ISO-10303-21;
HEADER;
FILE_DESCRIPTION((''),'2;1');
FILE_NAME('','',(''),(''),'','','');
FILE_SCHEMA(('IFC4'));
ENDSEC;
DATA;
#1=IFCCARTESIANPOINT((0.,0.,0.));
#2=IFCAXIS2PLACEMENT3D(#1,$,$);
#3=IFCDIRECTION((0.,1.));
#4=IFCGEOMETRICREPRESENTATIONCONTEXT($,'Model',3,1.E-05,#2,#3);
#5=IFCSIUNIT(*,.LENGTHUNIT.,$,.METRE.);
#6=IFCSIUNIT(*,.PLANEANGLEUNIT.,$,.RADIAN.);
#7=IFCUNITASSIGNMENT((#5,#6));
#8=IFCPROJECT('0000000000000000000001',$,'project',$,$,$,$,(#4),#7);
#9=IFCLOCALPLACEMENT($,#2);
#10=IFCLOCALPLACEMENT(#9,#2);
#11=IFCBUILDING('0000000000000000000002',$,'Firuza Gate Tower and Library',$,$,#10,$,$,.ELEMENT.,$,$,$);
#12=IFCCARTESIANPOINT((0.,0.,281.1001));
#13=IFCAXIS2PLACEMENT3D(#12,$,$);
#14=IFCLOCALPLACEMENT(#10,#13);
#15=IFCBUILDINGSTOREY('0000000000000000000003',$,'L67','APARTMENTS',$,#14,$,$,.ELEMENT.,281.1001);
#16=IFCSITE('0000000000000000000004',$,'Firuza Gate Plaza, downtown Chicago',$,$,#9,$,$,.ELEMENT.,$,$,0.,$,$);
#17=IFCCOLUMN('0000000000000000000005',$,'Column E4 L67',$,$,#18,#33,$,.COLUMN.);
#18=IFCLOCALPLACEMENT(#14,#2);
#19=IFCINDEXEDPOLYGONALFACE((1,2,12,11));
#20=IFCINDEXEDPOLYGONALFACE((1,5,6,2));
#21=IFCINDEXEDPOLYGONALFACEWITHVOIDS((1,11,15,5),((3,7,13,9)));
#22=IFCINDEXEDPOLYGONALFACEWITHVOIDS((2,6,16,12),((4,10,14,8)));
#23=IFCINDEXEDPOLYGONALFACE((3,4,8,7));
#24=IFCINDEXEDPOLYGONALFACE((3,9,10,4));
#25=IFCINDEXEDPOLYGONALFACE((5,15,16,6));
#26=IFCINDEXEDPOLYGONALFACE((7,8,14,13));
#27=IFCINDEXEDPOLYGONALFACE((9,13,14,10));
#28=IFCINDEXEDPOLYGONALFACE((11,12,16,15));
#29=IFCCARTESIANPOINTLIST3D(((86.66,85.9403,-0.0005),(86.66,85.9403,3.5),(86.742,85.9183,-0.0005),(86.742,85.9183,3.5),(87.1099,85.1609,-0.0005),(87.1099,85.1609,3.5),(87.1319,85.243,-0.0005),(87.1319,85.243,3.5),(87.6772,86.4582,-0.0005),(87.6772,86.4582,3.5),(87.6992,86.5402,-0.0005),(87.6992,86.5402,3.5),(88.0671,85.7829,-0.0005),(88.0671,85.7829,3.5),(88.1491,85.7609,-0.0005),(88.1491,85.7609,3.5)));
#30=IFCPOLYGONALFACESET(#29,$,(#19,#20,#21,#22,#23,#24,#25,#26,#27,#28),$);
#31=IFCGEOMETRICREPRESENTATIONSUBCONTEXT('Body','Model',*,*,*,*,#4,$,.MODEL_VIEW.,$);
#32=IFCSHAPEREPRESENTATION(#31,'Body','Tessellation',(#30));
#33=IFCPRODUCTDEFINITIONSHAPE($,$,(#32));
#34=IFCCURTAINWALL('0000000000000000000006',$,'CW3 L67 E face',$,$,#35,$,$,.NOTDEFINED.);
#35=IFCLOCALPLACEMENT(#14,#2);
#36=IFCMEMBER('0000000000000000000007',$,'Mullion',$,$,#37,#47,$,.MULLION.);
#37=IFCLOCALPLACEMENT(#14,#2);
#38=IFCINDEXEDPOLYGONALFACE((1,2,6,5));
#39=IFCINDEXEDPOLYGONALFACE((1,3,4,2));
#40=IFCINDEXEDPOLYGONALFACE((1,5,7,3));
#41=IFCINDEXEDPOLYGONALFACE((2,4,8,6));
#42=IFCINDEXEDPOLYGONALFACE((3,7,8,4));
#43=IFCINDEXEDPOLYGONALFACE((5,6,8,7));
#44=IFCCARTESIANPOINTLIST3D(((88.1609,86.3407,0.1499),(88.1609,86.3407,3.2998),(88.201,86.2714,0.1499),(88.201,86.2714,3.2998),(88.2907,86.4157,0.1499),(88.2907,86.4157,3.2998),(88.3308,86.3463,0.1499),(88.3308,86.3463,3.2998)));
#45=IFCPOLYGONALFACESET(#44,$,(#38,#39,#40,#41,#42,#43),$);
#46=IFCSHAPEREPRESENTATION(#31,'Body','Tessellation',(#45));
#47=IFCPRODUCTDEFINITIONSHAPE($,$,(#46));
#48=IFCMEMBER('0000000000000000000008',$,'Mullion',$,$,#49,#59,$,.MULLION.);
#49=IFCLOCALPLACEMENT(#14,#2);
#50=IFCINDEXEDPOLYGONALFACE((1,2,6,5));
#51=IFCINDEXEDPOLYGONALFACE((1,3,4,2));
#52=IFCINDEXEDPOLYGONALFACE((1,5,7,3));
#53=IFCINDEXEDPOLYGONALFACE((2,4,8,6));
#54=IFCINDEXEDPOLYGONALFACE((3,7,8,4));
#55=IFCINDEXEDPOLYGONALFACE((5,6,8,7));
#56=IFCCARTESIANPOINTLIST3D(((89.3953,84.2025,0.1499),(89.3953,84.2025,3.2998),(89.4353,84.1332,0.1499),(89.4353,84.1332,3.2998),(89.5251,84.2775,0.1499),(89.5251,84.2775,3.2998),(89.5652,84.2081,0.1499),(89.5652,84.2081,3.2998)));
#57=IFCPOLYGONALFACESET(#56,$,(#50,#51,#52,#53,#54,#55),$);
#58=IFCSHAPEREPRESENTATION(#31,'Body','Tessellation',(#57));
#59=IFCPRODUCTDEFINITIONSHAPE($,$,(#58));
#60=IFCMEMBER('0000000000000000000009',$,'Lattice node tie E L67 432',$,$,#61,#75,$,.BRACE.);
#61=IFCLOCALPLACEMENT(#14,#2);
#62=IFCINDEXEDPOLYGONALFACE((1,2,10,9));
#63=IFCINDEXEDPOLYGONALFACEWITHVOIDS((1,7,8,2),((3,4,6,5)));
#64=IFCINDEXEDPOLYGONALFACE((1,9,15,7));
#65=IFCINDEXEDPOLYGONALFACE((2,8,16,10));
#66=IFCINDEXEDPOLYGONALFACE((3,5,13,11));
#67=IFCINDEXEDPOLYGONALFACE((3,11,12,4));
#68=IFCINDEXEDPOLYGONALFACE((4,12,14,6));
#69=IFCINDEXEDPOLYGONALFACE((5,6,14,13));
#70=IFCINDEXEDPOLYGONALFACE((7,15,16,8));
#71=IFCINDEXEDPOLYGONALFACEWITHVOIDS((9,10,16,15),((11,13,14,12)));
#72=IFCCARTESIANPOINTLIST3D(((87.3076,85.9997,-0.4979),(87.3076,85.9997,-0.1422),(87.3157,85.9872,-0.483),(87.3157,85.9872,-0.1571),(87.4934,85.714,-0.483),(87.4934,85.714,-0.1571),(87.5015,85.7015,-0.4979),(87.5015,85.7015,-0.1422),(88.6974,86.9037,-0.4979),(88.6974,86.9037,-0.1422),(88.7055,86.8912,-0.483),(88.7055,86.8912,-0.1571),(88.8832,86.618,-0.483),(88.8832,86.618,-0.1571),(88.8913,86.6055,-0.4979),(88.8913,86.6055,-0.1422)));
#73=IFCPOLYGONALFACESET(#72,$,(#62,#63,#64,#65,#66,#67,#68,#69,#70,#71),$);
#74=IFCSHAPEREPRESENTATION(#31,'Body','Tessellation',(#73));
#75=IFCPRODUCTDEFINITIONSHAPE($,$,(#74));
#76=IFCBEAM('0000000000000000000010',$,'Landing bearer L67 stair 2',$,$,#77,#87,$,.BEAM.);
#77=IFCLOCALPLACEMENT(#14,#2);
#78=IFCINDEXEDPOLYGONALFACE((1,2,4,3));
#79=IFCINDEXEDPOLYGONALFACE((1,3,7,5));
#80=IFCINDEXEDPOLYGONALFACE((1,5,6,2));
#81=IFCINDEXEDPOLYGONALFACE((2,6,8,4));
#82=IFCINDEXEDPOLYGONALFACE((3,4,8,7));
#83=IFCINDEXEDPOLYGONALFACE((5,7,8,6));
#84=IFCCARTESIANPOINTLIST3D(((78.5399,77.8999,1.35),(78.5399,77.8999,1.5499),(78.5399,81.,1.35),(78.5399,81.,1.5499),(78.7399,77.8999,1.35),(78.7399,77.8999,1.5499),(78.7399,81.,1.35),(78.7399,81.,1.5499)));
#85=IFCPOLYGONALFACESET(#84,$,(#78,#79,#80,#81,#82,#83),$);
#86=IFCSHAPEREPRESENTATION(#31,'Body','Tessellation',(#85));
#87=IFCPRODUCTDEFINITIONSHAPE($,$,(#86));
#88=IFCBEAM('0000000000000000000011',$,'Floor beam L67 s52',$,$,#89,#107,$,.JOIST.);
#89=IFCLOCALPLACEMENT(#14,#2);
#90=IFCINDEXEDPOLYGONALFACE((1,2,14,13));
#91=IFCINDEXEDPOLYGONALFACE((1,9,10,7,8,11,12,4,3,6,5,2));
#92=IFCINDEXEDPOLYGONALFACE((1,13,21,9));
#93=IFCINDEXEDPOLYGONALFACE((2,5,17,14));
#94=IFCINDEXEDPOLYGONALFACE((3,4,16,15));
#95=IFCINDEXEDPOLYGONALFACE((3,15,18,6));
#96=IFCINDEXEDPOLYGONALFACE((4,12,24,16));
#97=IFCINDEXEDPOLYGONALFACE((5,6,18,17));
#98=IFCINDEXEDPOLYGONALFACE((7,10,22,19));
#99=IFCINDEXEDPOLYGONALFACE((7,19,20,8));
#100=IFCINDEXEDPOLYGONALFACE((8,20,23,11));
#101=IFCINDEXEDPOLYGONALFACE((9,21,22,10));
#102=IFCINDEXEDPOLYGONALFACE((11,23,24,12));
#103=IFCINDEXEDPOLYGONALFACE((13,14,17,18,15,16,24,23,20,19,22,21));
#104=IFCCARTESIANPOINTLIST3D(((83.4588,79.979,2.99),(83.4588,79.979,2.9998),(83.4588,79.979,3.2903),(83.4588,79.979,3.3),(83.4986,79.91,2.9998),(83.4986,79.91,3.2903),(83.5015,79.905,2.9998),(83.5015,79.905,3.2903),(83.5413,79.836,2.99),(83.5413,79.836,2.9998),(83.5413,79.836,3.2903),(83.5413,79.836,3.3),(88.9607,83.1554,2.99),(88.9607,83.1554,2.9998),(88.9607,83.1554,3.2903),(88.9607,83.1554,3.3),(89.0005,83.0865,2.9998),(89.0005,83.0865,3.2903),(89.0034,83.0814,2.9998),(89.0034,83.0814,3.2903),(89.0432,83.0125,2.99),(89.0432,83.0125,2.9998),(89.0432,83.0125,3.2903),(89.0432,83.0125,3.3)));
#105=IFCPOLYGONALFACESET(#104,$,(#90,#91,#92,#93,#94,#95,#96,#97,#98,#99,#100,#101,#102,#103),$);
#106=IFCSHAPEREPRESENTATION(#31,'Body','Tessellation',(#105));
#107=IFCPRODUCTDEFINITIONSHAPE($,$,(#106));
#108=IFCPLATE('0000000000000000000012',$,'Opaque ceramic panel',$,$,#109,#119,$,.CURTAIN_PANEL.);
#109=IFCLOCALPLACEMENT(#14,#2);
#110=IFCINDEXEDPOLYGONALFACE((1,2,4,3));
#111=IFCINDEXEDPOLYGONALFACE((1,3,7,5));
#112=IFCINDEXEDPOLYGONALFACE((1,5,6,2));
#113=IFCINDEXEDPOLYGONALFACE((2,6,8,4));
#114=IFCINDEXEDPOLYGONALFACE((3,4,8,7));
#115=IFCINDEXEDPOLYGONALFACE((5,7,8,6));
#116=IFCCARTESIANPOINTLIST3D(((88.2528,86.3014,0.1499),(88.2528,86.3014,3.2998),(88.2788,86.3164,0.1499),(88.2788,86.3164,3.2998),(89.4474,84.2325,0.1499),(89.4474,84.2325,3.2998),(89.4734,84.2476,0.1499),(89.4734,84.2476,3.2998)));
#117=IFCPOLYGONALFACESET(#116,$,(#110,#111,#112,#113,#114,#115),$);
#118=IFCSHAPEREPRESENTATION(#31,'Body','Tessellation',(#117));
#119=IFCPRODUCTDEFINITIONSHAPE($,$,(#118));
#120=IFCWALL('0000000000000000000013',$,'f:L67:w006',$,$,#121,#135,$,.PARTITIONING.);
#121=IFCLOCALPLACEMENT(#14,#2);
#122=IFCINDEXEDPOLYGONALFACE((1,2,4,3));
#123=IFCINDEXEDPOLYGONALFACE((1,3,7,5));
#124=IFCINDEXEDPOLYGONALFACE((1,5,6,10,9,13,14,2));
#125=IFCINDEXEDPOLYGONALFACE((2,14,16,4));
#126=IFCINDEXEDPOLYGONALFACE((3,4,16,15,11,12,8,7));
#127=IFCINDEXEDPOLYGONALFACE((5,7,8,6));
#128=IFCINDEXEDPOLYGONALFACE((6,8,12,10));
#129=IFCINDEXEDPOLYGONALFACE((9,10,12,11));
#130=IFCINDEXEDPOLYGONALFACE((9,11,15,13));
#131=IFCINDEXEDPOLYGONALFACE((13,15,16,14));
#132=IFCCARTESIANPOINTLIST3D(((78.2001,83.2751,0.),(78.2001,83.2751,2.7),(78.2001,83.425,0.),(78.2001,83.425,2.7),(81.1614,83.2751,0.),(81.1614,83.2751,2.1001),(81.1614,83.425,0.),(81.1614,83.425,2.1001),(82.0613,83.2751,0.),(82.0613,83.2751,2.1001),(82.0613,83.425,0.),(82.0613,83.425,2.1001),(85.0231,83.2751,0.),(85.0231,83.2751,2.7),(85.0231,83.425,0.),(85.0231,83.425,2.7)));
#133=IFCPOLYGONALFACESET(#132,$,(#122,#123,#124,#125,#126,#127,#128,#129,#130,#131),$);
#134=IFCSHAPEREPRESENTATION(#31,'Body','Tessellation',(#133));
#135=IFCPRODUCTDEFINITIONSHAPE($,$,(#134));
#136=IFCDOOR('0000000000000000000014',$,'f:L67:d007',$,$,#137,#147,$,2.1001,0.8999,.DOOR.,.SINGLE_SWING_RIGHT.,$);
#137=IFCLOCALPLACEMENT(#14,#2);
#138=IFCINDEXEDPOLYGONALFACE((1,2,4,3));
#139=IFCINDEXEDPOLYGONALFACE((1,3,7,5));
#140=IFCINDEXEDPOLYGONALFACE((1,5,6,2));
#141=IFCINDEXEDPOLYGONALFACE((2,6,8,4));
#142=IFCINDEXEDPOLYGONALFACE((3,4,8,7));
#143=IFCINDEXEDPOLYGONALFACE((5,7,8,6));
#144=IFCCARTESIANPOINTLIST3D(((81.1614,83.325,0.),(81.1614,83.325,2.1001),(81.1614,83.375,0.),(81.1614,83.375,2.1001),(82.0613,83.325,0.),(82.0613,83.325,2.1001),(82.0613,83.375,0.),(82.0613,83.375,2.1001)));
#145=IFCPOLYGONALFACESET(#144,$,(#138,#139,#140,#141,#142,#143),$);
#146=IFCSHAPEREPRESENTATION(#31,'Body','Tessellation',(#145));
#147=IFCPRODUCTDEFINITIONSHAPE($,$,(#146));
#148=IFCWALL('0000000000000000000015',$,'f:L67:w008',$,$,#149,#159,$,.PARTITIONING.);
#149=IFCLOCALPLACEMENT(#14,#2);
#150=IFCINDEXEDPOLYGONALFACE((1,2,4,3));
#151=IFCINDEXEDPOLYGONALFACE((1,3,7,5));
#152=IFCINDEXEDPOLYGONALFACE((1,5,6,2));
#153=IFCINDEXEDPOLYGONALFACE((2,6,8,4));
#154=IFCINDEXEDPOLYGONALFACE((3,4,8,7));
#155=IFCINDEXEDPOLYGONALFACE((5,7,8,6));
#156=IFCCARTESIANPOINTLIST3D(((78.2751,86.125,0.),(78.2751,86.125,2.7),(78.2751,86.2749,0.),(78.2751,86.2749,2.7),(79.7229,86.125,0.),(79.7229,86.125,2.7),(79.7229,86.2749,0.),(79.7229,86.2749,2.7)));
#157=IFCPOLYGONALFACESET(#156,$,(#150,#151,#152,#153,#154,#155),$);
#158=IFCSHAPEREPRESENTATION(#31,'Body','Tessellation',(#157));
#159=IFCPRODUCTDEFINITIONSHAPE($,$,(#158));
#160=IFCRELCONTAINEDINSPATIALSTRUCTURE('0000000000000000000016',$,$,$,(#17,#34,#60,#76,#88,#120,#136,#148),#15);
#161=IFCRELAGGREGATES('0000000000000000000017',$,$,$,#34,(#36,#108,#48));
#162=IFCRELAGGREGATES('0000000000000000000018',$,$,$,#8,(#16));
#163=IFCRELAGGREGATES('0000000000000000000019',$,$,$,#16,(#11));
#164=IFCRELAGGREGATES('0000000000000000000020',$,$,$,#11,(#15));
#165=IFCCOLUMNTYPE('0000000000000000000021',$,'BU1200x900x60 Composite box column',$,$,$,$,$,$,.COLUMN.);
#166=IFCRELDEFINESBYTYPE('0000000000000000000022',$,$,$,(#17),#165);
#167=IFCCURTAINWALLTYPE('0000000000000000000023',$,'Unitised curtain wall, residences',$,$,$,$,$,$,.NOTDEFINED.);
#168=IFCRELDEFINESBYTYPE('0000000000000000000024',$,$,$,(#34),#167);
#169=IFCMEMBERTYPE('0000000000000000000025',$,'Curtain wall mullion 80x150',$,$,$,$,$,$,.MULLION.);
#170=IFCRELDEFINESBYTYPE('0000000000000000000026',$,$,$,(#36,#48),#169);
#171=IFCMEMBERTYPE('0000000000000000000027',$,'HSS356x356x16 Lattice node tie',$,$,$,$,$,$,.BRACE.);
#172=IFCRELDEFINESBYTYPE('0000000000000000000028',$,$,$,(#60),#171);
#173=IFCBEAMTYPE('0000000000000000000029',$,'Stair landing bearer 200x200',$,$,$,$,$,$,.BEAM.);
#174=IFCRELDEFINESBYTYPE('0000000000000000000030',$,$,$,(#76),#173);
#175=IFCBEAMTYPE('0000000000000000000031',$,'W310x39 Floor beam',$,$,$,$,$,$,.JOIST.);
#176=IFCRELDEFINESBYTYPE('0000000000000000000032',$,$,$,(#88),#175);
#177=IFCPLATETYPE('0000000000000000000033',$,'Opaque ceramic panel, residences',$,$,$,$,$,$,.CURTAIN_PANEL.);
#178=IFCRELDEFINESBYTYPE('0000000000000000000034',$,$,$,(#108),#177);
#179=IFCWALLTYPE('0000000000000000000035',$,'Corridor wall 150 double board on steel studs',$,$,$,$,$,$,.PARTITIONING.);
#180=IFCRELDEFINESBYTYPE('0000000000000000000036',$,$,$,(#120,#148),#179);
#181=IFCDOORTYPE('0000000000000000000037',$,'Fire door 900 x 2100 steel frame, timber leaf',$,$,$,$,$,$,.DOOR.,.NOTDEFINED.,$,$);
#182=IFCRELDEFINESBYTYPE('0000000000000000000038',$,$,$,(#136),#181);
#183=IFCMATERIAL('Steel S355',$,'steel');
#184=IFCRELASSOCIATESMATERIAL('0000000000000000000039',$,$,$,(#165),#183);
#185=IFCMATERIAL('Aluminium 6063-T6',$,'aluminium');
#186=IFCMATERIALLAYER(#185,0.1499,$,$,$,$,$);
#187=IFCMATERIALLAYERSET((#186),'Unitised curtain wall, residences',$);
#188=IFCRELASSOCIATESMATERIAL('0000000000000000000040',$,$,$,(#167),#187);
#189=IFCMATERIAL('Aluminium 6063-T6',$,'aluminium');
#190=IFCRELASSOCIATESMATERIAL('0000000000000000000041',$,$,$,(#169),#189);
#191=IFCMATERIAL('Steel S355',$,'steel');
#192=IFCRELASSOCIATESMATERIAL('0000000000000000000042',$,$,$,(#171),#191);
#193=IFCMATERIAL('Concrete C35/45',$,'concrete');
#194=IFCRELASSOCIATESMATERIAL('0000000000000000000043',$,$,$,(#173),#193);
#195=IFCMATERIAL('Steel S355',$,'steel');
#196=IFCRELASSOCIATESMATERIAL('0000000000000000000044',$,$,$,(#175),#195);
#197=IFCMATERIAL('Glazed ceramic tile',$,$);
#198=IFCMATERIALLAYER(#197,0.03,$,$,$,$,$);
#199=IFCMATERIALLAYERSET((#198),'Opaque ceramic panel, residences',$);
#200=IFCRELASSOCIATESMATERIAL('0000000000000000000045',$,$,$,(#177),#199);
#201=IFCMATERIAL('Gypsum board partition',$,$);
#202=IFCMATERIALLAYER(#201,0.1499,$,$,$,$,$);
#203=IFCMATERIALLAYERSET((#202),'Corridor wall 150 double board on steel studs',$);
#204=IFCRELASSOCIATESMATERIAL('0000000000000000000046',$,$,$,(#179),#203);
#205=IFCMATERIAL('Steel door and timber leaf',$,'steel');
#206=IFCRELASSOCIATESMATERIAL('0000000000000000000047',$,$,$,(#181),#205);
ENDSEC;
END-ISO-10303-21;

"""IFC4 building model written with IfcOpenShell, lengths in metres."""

from ifc_helpers import new_model, si_unit, direction, frame, frame_2d, origin, origin_2d, place, context, subcontext, project, spatial, polyline, rectangle, hollow_rectangle, i_section, outline, extrude, material, layer, layer_set, material_profile, profile_set, type_object, element, fill, aggregate, save


model = new_model("IFC4")

# Units and contexts
model_context = context("Model", 3, precision=1e-05, world=origin(), true_north=direction((0.0, 1.0)))
body_context = subcontext(model_context, "Body", "Model", "MODEL_VIEW")
ifc_project = project(units=[si_unit("LENGTHUNIT", "METRE"), si_unit("PLANEANGLEUNIT", "RADIAN")], contexts=[model_context])

# Site, building, storey
site_placement = place(None, origin())
site = spatial("IfcSite", under=ifc_project, at=site_placement, Name="Firuza Gate Plaza, downtown Chicago", CompositionType="ELEMENT", RefElevation=0.0)
building_placement = place(site_placement, origin())
building = spatial("IfcBuilding", under=site, at=building_placement, Name="Firuza Gate Tower and Library", CompositionType="ELEMENT")
storey_placement = place(building_placement, frame((0.0, 0.0, 281.1001)))
storey = spatial("IfcBuildingStorey", under=building, at=storey_placement, Name="L67", Description="APARTMENTS", CompositionType="ELEMENT", Elevation=281.1001)

# Column
ifc_material_1 = material(Name="Steel S355", Category="steel")
ifc_material_profile_1 = material_profile(ifc_material_1, hollow_rectangle(XDim=0.8999, YDim=1.2, WallThickness=0.0601, at=origin_2d()))
ifc_profile_set_1 = profile_set([ifc_material_profile_1], Name="Steel S355")
column_type = type_object("IfcColumnType", Name="BU1200x900x60 Composite box column", PredefinedType="COLUMN", material=ifc_profile_set_1)
column_placement = place(storey_placement, frame((87.4045, 85.8506, -0.0005), z_axis=(0.0, 0.0, 1.0), x_axis=(-0.5, 0.866025, 0.0)))
element("IfcColumn", 1, at=column_placement, inside=storey, type_object=column_type, Name="Column E4 L67", PredefinedType="COLUMN", context=body_context, shape_type="SweptSolid", body=[
    extrude(hollow_rectangle(XDim=0.8999, YDim=1.2, WallThickness=0.0601, at=origin_2d()), origin(), (0.0, 0.0, 1.0), 3.5005),
])

# Curtain wall, members
ifc_material_2 = material(Name="Aluminium 6063-T6", Category="aluminium")
ifc_layer_1 = layer(ifc_material_2, 0.1499)
ifc_layer_set_1 = layer_set([ifc_layer_1], Name="Unitised curtain wall, residences")
curtain_wall_type = type_object("IfcCurtainWallType", Name="Unitised curtain wall, residences", PredefinedType="NOTDEFINED", material=ifc_layer_set_1)
placement = place(storey_placement, origin())
curtain_wall = element("IfcCurtainWall", 2, at=placement, inside=storey, type_object=curtain_wall_type, Name="CW3 L67 E face", PredefinedType="NOTDEFINED")
ifc_material_3 = material(Name="Aluminium 6063-T6", Category="aluminium")
ifc_material_profile_2 = material_profile(ifc_material_3, rectangle(XDim=0.1499, YDim=0.0801, at=origin_2d()))
ifc_profile_set_2 = profile_set([ifc_material_profile_2], Name="Aluminium 6063-T6")
member_type_1 = type_object("IfcMemberType", Name="Curtain wall mullion 80x150", PredefinedType="MULLION", material=ifc_profile_set_2)
member_1_placement = place(storey_placement, frame((88.2458, 86.3435, 0.1499), z_axis=(0.0, 0.0, 1.0), x_axis=(-0.866025, -0.5, 0.0)))
member_1 = element("IfcMember", 3, at=member_1_placement, type_object=member_type_1, Name="Mullion", PredefinedType="MULLION", context=body_context, shape_type="SweptSolid", body=[
    extrude(rectangle(XDim=0.1499, YDim=0.0801, at=origin_2d()), origin(), (0.0, 0.0, 1.0), 3.1499),
])
member_2_placement = place(storey_placement, frame((89.4802, 84.2053, 0.1499), z_axis=(0.0, 0.0, 1.0), x_axis=(-0.866025, -0.5, 0.0)))
member_2 = element("IfcMember", 4, at=member_2_placement, type_object=member_type_1, Name="Mullion", PredefinedType="MULLION", context=body_context, shape_type="SweptSolid", body=[
    extrude(rectangle(XDim=0.1499, YDim=0.0801, at=origin_2d()), origin(), (0.0, 0.0, 1.0), 3.1499),
])

# Member
ifc_material_4 = material(Name="Steel S355", Category="steel")
ifc_material_profile_3 = material_profile(ifc_material_4, hollow_rectangle(XDim=0.3557, YDim=0.3557, WallThickness=0.0149, at=origin_2d()))
ifc_profile_set_3 = profile_set([ifc_material_profile_3], Name="Steel S355")
member_type_2 = type_object("IfcMemberType", Name="HSS356x356x16 Lattice node tie", PredefinedType="BRACE", material=ifc_profile_set_3)
member_3_placement = place(storey_placement, frame((87.4045, 85.8506, -0.3201), z_axis=(0.838272, 0.545252, 0.0), x_axis=(-0.545252, 0.838272, 0.0)))
element("IfcMember", 5, at=member_3_placement, inside=storey, type_object=member_type_2, Name="Lattice node tie E L67 432", PredefinedType="BRACE", context=body_context, shape_type="SweptSolid", body=[
    extrude(hollow_rectangle(XDim=0.3557, YDim=0.3557, WallThickness=0.0149, at=origin_2d()), origin(), (0.0, 0.0, 1.0), 1.658),
])

# Beams
ifc_material_5 = material(Name="Concrete C35/45", Category="concrete")
ifc_material_profile_4 = material_profile(ifc_material_5, rectangle(XDim=0.2, YDim=0.2, at=origin_2d()))
ifc_profile_set_4 = profile_set([ifc_material_profile_4], Name="Concrete C35/45")
beam_type_1 = type_object("IfcBeamType", Name="Stair landing bearer 200x200", PredefinedType="BEAM", material=ifc_profile_set_4)
beam_1_placement = place(storey_placement, frame((78.6399, 81.0, 1.45), z_axis=(0.0, -1.0, 0.0), x_axis=(1.0, 0.0, 0.0)))
element("IfcBeam", 6, at=beam_1_placement, inside=storey, type_object=beam_type_1, Name="Landing bearer L67 stair 2", PredefinedType="BEAM", context=body_context, shape_type="SweptSolid", body=[
    extrude(rectangle(XDim=0.2, YDim=0.2, at=origin_2d()), origin(), (0.0, 0.0, 1.0), 3.1001),
])
ifc_material_6 = material(Name="Steel S355", Category="steel")
ifc_material_profile_5 = material_profile(ifc_material_6, i_section(OverallWidth=0.165, OverallDepth=0.3101, WebThickness=0.0059, FlangeThickness=0.0098, at=origin_2d()))
ifc_profile_set_5 = profile_set([ifc_material_profile_5], Name="Steel S355")
beam_type_2 = type_object("IfcBeamType", Name="W310x39 Floor beam", PredefinedType="JOIST", material=ifc_profile_set_5)
beam_2_placement = place(storey_placement, frame((89.002, 83.084, 3.145), z_axis=(-0.866028, -0.499995, 0.0), x_axis=(0.499995, -0.866028, 0.0)))
element("IfcBeam", 7, at=beam_2_placement, inside=storey, type_object=beam_type_2, Name="Floor beam L67 s52", PredefinedType="JOIST", context=body_context, shape_type="SweptSolid", body=[
    extrude(i_section(OverallWidth=0.165, OverallDepth=0.3101, WebThickness=0.0059, FlangeThickness=0.0098, at=origin_2d()), origin(), (0.0, 0.0, 1.0), 6.353),
])

# Plate
ifc_material_7 = material(Name="Glazed ceramic tile")
ifc_layer_2 = layer(ifc_material_7, 0.03)
ifc_layer_set_2 = layer_set([ifc_layer_2], Name="Opaque ceramic panel, residences")
plate_type = type_object("IfcPlateType", Name="Opaque ceramic panel, residences", PredefinedType="CURTAIN_PANEL", material=ifc_layer_set_2)
plate_placement = place(storey_placement, frame((89.4734, 84.2476, 0.1499), z_axis=(0.866002, 0.500041, 0.0), x_axis=(-0.500041, 0.866002, 0.0)))
plate = element("IfcPlate", 8, at=plate_placement, type_object=plate_type, Name="Opaque ceramic panel", PredefinedType="CURTAIN_PANEL", context=body_context, shape_type="SweptSolid", body=[
    extrude(outline(polyline([(0.0, 0.0), (2.389, 0.0), (2.389, 3.1499), (0.0, 3.1499), (0.0, 0.0)])), origin(), (0.0, 0.0, -1.0), 0.03),
])
aggregate(curtain_wall, [member_1, plate, member_2])

# Wall, opening, door
ifc_material_8 = material(Name="Gypsum board partition")
ifc_layer_3 = layer(ifc_material_8, 0.1499)
ifc_layer_set_3 = layer_set([ifc_layer_3], Name="Corridor wall 150 double board on steel studs")
wall_type_1 = type_object("IfcWallType", Name="Corridor wall 150 double board on steel studs", PredefinedType="PARTITIONING", material=ifc_layer_set_3)
wall_1_placement = place(storey_placement, frame((78.2, 83.3501, 0.0), z_axis=(0.0, 0.0, 1.0), x_axis=(1.0, 0.0, 0.0)))
wall_1 = element("IfcWall", 9, at=wall_1_placement, inside=storey, type_object=wall_type_1, Name="f:L67:w006", PredefinedType="PARTITIONING", context=body_context, shape_type="SweptSolid", body=[
    extrude(rectangle(XDim=6.823, YDim=0.1499, at=frame_2d((3.4116, 0.0))), origin(), (0.0, 0.0, 1.0), 2.7),
])
opening_1_placement = place(wall_1_placement, frame((2.9614, 0.0, 0.0)))
opening_1 = element("IfcOpeningElement", 10, at=opening_1_placement, cuts=wall_1, PredefinedType="OPENING", context=body_context, shape_type="SweptSolid", body=[
    extrude(rectangle(XDim=0.8999, YDim=2.1001, at=frame_2d((0.45, 1.05))), frame((0.0, 0.085, 0.0), z_axis=(0.0, -1.0, 0.0), x_axis=(1.0, 0.0, 0.0)), (0.0, 0.0, 1.0), 0.1699),
])
ifc_material_9 = material(Name="Steel door and timber leaf", Category="steel")
door_type_1 = type_object("IfcDoorType", Name="Fire door 900 x 2100 steel frame, timber leaf", OperationType="NOTDEFINED", PredefinedType="DOOR", material=ifc_material_9)
door_1_placement = place(opening_1_placement, origin())
door_1 = element("IfcDoor", 11, at=door_1_placement, inside=storey, type_object=door_type_1, Name="f:L67:d007", OperationType="SINGLE_SWING_RIGHT", OverallHeight=2.1001, OverallWidth=0.8999, PredefinedType="DOOR", context=body_context, shape_type="SweptSolid", body=[
    extrude(rectangle(XDim=0.8999, YDim=2.1001, at=frame_2d((0.45, 1.05))), frame((0.0, 0.0249, 0.0), z_axis=(0.0, -1.0, 0.0), x_axis=(1.0, 0.0, 0.0)), (0.0, 0.0, 1.0), 0.05),
])
fill(opening_1, door_1)

# Wall
wall_2_placement = place(storey_placement, frame((78.2751, 86.2, 0.0), z_axis=(0.0, 0.0, 1.0), x_axis=(1.0, 0.0, 0.0)))
element("IfcWall", 12, at=wall_2_placement, inside=storey, type_object=wall_type_1, Name="f:L67:w008", PredefinedType="PARTITIONING", context=body_context, shape_type="SweptSolid", body=[
    extrude(rectangle(XDim=1.4478, YDim=0.1499, at=frame_2d((0.7239, 0.0))), origin(), (0.0, 0.0, 1.0), 2.7),
])

save(model, "model.ifc")
